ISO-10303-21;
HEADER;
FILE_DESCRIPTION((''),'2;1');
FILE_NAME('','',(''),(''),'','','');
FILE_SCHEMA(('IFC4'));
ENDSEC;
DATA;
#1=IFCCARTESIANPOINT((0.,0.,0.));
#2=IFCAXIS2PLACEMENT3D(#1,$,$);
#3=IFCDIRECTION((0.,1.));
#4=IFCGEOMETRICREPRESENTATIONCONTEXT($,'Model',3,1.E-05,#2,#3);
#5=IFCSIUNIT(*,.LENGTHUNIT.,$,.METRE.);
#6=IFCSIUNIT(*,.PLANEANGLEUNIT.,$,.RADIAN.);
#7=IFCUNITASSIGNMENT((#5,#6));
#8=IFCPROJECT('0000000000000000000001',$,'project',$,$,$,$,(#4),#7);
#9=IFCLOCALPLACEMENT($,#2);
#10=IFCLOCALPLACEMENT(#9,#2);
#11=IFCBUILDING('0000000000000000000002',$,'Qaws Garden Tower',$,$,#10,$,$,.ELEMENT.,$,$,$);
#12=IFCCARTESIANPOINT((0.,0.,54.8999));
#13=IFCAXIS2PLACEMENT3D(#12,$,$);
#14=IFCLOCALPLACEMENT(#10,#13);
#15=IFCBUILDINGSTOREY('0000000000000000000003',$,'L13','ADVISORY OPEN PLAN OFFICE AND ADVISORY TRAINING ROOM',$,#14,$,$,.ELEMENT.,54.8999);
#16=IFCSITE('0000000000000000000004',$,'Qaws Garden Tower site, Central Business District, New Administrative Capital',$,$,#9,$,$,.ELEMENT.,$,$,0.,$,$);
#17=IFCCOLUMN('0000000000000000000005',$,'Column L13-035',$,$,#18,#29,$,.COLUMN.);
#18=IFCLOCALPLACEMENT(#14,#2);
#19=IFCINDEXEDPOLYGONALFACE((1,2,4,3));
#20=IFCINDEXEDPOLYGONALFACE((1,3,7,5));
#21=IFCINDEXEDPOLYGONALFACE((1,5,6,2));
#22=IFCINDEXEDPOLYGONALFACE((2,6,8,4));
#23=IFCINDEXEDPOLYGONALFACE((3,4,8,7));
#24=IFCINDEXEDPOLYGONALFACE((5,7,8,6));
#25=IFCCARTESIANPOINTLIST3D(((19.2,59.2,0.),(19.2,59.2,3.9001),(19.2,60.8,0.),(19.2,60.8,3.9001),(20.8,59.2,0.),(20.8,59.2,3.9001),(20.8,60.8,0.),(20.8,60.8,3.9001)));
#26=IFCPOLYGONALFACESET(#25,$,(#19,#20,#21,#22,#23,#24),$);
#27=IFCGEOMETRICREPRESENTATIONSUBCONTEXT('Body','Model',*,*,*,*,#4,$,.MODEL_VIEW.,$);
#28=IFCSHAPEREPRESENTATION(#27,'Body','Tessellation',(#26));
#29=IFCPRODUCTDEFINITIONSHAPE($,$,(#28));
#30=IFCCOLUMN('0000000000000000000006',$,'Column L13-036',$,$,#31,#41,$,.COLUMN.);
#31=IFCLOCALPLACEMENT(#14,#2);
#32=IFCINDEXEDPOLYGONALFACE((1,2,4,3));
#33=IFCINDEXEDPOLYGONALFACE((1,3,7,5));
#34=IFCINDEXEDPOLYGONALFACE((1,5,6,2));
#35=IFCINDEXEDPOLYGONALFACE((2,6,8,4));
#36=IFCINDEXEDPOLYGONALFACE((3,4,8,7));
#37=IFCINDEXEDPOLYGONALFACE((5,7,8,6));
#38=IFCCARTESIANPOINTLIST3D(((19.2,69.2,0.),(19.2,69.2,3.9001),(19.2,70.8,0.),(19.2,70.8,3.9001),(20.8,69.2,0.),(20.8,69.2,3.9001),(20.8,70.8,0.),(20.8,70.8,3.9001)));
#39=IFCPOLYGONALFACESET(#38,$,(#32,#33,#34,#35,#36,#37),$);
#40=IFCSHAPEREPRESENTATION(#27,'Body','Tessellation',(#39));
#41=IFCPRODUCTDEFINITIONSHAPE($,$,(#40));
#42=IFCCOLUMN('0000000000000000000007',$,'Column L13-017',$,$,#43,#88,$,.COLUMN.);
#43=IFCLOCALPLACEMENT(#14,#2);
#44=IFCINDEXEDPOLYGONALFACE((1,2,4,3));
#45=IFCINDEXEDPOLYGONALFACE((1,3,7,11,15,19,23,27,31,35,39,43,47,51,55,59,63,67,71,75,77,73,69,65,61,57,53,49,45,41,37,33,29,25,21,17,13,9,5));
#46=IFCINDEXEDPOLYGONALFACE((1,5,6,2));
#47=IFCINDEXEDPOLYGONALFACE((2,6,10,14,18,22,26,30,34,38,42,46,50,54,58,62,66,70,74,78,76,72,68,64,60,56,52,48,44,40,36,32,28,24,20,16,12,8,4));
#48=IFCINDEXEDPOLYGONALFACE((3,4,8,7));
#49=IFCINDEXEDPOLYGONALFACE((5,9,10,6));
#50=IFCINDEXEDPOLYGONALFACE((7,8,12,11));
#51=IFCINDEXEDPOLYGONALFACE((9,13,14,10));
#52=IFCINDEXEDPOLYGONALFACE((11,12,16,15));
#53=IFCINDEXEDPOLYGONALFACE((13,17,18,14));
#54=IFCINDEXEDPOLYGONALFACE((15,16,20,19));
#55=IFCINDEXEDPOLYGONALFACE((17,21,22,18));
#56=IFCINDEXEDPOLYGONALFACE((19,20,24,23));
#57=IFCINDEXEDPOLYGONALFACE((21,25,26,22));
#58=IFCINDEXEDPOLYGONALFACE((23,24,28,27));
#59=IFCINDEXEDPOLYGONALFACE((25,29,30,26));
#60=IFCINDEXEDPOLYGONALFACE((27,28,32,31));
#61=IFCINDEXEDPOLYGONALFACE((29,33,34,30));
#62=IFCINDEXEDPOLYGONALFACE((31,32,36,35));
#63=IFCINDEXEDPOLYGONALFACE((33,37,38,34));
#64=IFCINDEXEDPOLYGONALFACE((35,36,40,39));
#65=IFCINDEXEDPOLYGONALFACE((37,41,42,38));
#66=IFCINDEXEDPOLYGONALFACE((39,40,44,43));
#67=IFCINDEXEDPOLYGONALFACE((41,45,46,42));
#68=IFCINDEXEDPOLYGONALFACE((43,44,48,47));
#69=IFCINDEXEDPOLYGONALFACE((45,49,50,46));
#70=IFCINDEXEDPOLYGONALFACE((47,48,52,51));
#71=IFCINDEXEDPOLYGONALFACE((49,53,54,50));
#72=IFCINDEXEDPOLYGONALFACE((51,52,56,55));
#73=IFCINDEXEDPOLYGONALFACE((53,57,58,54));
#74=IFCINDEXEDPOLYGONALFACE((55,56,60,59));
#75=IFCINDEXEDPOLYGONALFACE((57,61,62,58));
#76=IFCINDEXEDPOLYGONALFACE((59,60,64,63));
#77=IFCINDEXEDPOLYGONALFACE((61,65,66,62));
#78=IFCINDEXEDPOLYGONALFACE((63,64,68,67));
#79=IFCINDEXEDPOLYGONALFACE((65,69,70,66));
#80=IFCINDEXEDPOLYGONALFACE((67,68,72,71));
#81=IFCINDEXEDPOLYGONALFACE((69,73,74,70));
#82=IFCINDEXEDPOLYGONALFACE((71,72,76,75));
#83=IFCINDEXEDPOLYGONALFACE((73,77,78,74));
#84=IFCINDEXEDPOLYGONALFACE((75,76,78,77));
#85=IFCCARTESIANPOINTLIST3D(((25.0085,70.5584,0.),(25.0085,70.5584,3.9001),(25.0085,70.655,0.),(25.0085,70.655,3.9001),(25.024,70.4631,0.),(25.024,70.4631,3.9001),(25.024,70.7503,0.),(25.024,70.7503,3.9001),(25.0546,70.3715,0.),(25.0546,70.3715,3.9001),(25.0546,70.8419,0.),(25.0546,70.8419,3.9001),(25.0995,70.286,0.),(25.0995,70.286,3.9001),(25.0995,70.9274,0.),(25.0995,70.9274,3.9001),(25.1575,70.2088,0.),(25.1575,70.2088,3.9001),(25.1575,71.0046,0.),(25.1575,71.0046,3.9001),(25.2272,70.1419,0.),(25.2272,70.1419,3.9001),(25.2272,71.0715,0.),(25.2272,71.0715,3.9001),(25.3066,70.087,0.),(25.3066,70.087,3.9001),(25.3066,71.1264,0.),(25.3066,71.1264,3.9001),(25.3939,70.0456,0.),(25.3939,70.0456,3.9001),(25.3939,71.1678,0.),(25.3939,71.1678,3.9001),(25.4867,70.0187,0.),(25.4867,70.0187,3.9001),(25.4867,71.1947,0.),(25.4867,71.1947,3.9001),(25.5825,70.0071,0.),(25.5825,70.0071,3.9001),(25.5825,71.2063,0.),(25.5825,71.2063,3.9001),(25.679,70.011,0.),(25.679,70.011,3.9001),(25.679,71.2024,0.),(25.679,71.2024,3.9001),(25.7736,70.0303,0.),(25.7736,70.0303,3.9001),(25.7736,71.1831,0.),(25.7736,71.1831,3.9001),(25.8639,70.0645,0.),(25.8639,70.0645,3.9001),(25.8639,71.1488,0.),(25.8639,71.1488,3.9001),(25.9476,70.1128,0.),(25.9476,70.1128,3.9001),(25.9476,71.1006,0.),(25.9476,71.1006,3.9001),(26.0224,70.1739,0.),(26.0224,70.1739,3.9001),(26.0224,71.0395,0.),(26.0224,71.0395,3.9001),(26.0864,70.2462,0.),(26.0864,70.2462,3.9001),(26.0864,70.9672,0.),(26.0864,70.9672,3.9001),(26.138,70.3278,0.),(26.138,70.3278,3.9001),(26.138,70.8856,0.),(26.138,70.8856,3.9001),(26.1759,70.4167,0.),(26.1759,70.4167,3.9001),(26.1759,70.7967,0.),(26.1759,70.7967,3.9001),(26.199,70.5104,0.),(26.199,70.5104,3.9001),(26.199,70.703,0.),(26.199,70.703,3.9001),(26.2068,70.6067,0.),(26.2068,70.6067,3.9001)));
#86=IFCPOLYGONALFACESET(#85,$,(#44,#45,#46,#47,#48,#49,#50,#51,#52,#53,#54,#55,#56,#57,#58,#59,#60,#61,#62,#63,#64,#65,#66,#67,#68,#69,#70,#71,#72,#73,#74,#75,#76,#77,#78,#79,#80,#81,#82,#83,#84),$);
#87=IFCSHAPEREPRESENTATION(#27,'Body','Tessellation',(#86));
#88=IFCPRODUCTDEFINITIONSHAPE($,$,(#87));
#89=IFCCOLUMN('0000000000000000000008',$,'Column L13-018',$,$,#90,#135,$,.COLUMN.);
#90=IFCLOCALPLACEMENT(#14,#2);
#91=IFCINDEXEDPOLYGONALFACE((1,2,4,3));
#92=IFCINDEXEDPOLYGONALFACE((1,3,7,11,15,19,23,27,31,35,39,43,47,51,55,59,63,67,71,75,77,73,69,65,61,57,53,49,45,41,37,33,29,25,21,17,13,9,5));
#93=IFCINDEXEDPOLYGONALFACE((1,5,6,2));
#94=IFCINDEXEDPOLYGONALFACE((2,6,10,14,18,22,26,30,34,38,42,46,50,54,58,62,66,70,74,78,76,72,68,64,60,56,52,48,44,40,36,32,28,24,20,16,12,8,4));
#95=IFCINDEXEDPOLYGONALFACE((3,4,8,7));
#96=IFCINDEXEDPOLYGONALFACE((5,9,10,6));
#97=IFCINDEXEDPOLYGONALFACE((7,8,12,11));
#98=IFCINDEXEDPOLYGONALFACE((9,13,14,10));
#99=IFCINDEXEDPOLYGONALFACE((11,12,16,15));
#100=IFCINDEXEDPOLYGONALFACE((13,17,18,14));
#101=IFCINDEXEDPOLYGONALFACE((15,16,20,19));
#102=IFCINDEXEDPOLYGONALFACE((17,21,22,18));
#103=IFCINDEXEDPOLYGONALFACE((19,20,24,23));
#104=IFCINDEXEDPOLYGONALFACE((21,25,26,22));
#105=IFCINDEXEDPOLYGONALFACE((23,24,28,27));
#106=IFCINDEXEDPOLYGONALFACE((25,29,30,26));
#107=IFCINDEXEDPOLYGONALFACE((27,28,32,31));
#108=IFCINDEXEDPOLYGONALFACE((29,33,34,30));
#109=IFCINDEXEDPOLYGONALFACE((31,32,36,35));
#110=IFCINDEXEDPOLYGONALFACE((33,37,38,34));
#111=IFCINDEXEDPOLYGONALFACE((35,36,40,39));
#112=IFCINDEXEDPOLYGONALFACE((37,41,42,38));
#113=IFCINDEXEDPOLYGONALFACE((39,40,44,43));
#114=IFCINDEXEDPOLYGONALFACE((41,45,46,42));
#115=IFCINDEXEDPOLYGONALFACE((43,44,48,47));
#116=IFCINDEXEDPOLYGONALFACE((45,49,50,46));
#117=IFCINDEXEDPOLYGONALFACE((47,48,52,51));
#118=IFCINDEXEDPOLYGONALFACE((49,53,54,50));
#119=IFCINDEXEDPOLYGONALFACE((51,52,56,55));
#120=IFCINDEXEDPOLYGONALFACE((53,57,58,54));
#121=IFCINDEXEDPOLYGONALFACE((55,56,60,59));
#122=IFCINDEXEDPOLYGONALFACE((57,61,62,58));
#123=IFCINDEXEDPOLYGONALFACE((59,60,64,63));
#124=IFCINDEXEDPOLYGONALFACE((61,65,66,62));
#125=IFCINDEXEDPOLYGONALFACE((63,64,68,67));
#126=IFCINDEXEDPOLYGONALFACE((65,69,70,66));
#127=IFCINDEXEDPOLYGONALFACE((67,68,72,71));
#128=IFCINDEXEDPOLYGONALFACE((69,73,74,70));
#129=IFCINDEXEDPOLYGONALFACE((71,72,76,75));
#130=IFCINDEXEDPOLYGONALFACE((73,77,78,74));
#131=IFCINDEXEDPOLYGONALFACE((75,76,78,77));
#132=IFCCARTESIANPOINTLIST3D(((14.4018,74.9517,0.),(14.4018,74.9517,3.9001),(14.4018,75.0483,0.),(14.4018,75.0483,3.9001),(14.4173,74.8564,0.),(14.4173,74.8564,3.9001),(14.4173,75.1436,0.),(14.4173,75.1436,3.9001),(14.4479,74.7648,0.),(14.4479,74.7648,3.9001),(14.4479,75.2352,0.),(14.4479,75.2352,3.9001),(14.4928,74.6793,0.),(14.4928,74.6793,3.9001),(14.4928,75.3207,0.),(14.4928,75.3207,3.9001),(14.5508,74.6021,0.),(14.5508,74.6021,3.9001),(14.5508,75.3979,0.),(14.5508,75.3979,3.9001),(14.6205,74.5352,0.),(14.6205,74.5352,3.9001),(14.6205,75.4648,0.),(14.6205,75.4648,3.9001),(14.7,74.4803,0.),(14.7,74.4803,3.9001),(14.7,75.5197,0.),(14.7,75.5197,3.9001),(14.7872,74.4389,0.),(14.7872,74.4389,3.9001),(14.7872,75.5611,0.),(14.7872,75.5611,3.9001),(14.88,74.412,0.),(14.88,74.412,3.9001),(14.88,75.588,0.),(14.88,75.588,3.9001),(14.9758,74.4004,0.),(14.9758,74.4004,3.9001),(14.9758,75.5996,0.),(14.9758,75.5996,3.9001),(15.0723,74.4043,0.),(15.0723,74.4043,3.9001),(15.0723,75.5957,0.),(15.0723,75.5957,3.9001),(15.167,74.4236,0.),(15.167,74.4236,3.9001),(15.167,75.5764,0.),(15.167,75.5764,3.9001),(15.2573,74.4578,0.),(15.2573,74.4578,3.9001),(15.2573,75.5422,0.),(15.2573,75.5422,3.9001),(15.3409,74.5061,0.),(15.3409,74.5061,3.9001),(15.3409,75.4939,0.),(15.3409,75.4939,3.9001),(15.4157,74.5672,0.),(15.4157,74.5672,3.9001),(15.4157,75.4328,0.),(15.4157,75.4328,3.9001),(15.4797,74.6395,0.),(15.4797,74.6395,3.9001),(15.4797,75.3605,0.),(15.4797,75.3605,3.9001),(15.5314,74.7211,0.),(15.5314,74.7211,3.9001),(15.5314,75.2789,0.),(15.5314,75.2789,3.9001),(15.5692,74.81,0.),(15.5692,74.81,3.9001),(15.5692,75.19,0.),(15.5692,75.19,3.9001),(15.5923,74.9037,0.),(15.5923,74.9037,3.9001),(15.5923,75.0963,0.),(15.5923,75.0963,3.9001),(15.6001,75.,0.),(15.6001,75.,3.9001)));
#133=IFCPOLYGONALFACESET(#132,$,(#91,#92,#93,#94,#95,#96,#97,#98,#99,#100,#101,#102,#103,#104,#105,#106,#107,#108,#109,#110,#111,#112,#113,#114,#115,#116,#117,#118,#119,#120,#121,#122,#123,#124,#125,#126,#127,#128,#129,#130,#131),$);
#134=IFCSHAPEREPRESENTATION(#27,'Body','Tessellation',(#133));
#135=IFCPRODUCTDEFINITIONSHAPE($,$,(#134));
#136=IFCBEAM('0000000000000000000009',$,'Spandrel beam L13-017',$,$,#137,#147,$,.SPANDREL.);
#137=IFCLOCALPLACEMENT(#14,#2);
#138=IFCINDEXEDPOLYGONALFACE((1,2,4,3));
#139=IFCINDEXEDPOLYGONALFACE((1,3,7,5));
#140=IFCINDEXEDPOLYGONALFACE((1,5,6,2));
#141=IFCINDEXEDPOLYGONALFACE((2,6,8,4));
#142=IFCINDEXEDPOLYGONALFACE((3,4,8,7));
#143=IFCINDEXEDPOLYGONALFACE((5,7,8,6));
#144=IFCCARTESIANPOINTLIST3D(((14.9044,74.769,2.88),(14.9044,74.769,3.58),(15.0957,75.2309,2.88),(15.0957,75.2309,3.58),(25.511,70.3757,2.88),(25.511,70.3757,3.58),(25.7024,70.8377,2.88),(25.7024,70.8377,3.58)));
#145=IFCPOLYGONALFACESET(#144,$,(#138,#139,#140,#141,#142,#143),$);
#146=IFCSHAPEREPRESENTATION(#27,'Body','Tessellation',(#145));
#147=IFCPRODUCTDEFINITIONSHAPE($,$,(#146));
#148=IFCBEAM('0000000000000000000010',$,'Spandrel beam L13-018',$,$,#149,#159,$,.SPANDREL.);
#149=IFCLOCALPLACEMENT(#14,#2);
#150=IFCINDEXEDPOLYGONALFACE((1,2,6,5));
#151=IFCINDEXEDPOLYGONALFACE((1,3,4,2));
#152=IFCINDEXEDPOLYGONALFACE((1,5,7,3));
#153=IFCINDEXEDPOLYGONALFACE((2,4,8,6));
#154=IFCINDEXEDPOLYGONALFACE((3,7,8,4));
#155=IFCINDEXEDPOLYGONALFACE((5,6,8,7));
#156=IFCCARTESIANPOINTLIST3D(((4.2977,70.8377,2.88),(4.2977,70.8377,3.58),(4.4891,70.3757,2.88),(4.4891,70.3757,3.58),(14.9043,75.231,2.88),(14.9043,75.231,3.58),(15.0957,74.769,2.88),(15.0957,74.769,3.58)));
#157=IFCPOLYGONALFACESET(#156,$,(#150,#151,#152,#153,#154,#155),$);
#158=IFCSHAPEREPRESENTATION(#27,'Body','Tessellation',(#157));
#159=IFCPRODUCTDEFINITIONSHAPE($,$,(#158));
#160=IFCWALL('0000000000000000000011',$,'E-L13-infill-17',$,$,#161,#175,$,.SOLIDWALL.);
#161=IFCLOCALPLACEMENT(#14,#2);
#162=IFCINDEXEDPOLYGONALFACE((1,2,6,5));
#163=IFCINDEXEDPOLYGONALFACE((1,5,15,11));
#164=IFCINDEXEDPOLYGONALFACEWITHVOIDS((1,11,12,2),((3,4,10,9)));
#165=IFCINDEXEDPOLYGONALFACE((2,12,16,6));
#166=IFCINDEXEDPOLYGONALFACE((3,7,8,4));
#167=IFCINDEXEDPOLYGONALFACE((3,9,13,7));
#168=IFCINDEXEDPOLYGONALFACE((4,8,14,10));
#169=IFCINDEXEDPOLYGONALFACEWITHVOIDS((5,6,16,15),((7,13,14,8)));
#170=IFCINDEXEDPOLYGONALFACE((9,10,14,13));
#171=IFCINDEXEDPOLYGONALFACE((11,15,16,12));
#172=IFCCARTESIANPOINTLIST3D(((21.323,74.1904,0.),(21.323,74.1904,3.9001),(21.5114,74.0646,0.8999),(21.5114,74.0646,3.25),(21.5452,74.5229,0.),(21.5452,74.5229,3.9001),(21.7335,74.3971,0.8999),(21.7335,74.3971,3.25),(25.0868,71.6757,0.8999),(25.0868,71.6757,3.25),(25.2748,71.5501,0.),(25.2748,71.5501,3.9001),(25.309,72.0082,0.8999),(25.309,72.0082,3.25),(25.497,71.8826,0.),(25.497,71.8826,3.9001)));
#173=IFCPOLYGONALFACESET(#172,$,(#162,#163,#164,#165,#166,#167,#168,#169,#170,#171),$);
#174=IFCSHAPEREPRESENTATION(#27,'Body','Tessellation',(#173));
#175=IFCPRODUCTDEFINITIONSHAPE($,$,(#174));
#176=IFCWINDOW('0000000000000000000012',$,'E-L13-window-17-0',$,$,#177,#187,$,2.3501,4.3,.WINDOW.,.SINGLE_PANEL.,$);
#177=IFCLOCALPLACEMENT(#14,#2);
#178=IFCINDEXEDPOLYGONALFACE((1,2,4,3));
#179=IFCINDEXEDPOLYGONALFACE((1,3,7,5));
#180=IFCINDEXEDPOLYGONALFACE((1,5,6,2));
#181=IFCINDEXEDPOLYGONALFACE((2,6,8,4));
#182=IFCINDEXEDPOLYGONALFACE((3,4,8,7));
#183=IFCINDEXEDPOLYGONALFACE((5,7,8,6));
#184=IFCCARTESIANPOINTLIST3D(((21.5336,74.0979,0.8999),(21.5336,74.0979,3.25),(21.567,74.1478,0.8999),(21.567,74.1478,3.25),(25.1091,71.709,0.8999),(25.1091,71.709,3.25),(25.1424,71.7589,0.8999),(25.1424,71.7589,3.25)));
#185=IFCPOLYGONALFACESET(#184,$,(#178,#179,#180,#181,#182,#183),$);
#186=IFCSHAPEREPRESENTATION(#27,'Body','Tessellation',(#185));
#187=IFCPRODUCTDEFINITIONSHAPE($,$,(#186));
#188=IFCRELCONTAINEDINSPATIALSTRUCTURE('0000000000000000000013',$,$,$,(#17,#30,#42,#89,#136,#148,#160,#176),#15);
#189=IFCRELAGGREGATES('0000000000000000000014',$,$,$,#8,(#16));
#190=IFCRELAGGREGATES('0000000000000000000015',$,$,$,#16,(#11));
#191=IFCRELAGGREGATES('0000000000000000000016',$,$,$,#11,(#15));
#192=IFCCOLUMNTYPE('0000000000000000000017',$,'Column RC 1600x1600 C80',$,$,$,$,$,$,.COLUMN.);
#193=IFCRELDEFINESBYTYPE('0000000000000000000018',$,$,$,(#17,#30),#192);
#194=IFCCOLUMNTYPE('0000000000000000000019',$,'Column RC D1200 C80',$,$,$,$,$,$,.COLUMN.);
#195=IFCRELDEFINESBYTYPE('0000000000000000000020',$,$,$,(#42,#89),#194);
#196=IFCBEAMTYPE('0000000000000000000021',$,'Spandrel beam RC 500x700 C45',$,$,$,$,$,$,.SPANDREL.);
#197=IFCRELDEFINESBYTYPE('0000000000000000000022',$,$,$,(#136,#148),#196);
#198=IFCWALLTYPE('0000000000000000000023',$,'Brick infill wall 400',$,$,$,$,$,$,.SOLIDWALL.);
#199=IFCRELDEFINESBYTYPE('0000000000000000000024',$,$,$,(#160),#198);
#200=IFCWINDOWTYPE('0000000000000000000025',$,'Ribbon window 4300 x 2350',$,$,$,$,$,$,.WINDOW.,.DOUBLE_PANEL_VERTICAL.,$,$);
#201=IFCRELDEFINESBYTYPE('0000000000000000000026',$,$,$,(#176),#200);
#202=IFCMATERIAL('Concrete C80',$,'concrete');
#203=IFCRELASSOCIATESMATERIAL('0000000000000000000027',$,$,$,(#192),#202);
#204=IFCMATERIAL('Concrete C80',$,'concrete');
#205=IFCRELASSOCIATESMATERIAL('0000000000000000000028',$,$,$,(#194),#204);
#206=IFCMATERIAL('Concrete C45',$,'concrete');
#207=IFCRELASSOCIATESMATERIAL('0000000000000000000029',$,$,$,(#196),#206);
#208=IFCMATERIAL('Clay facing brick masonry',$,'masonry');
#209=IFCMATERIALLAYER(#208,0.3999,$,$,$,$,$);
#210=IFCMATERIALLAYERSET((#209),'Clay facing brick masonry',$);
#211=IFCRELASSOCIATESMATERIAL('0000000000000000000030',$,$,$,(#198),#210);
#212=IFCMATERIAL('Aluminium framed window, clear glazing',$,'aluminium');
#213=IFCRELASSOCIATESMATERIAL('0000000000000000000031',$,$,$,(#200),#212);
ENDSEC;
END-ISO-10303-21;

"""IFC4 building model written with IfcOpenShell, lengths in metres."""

from ifc_helpers import new_model, si_unit, direction, frame, frame_2d, origin, origin_2d, place, context, subcontext, project, spatial, rectangle, circle, extrude, material, layer, layer_set, material_profile, profile_set, type_object, element, fill, save


model = new_model("IFC4")

# Units and contexts
model_context = context("Model", 3, precision=1e-05, world=origin(), true_north=direction((0.0, 1.0)))
body_context = subcontext(model_context, "Body", "Model", "MODEL_VIEW")
ifc_project = project(units=[si_unit("LENGTHUNIT", "METRE"), si_unit("PLANEANGLEUNIT", "RADIAN")], contexts=[model_context])

# Site, building, storey
site_placement = place(None, origin())
site = spatial("IfcSite", under=ifc_project, at=site_placement, Name="Qaws Garden Tower site, Central Business District, New Administrative Capital", CompositionType="ELEMENT", RefElevation=0.0)
building_placement = place(site_placement, origin())
building = spatial("IfcBuilding", under=site, at=building_placement, Name="Qaws Garden Tower", CompositionType="ELEMENT")
storey_placement = place(building_placement, frame((0.0, 0.0, 54.8999)))
storey = spatial("IfcBuildingStorey", under=building, at=storey_placement, Name="L13", Description="ADVISORY OPEN PLAN OFFICE AND ADVISORY TRAINING ROOM", CompositionType="ELEMENT", Elevation=54.8999)

# Columns
ifc_material_1 = material(Name="Concrete C80", Category="concrete")
ifc_material_profile_1 = material_profile(ifc_material_1, rectangle(XDim=1.6001, YDim=1.6001, at=origin_2d()), Name="RC 1600x1600")
ifc_profile_set_1 = profile_set([ifc_material_profile_1], Name="Concrete C80")
column_type_1 = type_object("IfcColumnType", Name="Column RC 1600x1600 C80", PredefinedType="COLUMN", material=ifc_profile_set_1)
for number, where, z_axis, x_axis, name in (
    (1, (20.0, 60.0, 0.0), (0.0, 0.0, 1.0), (1.0, 0.0, 0.0), "Column L13-035"),
    (2, (20.0, 70.0, 0.0), (0.0, 0.0, 1.0), (1.0, 0.0, 0.0), "Column L13-036"),
):
    element("IfcColumn", number, at=place(storey_placement, frame(where, z_axis=z_axis, x_axis=x_axis)), inside=storey, type_object=column_type_1, Name=name, PredefinedType="COLUMN", context=body_context, shape_type="SweptSolid", body=[
        extrude(rectangle(XDim=1.6001, YDim=1.6001, at=origin_2d()), origin(), (0.0, 0.0, 1.0), 3.9001),
    ])
ifc_material_2 = material(Name="Concrete C80", Category="concrete")
ifc_material_profile_2 = material_profile(ifc_material_2, circle(Radius=0.6001, at=origin_2d()), Name="RC D1200")
ifc_profile_set_2 = profile_set([ifc_material_profile_2], Name="Concrete C80")
column_type_2 = type_object("IfcColumnType", Name="Column RC D1200 C80", PredefinedType="COLUMN", material=ifc_profile_set_2)
for number, where, z_axis, x_axis, name in (
    (3, (25.6067, 70.6067, 0.0), (0.0, 0.0, 1.0), (1.0, 0.0, 0.0), "Column L13-017"),
    (4, (15.0, 75.0, 0.0), (0.0, 0.0, 1.0), (1.0, 0.0, 0.0), "Column L13-018"),
):
    element("IfcColumn", number, at=place(storey_placement, frame(where, z_axis=z_axis, x_axis=x_axis)), inside=storey, type_object=column_type_2, Name=name, PredefinedType="COLUMN", context=body_context, shape_type="SweptSolid", body=[
        extrude(circle(Radius=0.6001, at=origin_2d()), origin(), (0.0, 0.0, 1.0), 3.9001),
    ])

# Beams
ifc_material_3 = material(Name="Concrete C45", Category="concrete")
ifc_material_profile_3 = material_profile(ifc_material_3, rectangle(XDim=0.5, YDim=0.7, at=origin_2d()), Name="RC 500x700")
ifc_profile_set_3 = profile_set([ifc_material_profile_3], Name="Concrete C45")
beam_type = type_object("IfcBeamType", Name="Spandrel beam RC 500x700 C45", PredefinedType="SPANDREL", material=ifc_profile_set_3)
for number, where, z_axis, x_axis, name in (
    (5, (25.6067, 70.6067, 3.23), (-0.923883, 0.382674, 0.0), (-0.382674, -0.923883, 0.0), "Spandrel beam L13-017"),
    (6, (15.0, 75.0, 3.23), (-0.923883, -0.382674, 0.0), (0.382674, -0.923883, 0.0), "Spandrel beam L13-018"),
):
    element("IfcBeam", number, at=place(storey_placement, frame(where, z_axis=z_axis, x_axis=x_axis)), inside=storey, type_object=beam_type, Name=name, PredefinedType="SPANDREL", context=body_context, shape_type="SweptSolid", body=[
        extrude(rectangle(XDim=0.5, YDim=0.7, at=origin_2d()), origin(), (0.0, 0.0, 1.0), 11.4805),
    ])

# Wall, opening, window
ifc_material_4 = material(Name="Clay facing brick masonry", Category="masonry")
ifc_layer_1 = layer(ifc_material_4, 0.3999)
ifc_layer_set_1 = layer_set([ifc_layer_1], Name="Clay facing brick masonry")
wall_type_1 = type_object("IfcWallType", Name="Brick infill wall 400", PredefinedType="SOLIDWALL", material=ifc_layer_set_1)
wall_1_placement = place(storey_placement, frame((25.386, 71.7163, 0.0), z_axis=(0.0, 0.0, 1.0), x_axis=(-0.831489, 0.555542, 0.0)))
wall_1 = element("IfcWall", 7, at=wall_1_placement, inside=storey, type_object=wall_type_1, Name="E-L13-infill-17", PredefinedType="SOLIDWALL", context=body_context, shape_type="SweptSolid", body=[
    extrude(rectangle(XDim=4.7527, YDim=0.3999, at=frame_2d((2.3765, 0.0))), origin(), (0.0, 0.0, 1.0), 3.9001),
])
opening_1_placement = place(wall_1_placement, frame((0.2263, 0.0, 0.8999)))
opening_1 = element("IfcOpeningElement", 8, at=opening_1_placement, cuts=wall_1, PredefinedType="OPENING", context=body_context, shape_type="SweptSolid", body=[
    extrude(rectangle(XDim=4.3, YDim=2.3501, at=frame_2d((2.1499, 1.175))), frame((0.0, 0.21, 0.0), z_axis=(0.0, -1.0, 0.0), x_axis=(1.0, 0.0, 0.0)), (0.0, 0.0, 1.0), 0.4199),
])
ifc_material_5 = material(Name="Aluminium framed window, clear glazing", Category="aluminium")
window_type = type_object("IfcWindowType", Name="Ribbon window 4300 x 2350", PartitioningType="DOUBLE_PANEL_VERTICAL", PredefinedType="WINDOW", material=ifc_material_5)
window_1_placement = place(opening_1_placement, origin())
window_1 = element("IfcWindow", 9, at=window_1_placement, inside=storey, type_object=window_type, Name="E-L13-window-17-0", OverallHeight=2.3501, OverallWidth=4.3, PartitioningType="SINGLE_PANEL", PredefinedType="WINDOW", context=body_context, shape_type="SweptSolid", body=[
    extrude(rectangle(XDim=4.3, YDim=2.3501, at=frame_2d((2.1499, 1.175))), frame((0.0, 0.1599, 0.0), z_axis=(0.0, -1.0, 0.0), x_axis=(1.0, 0.0, 0.0)), (0.0, 0.0, 1.0), 0.0601),
])
fill(opening_1, window_1)

save(model, "model.ifc")
